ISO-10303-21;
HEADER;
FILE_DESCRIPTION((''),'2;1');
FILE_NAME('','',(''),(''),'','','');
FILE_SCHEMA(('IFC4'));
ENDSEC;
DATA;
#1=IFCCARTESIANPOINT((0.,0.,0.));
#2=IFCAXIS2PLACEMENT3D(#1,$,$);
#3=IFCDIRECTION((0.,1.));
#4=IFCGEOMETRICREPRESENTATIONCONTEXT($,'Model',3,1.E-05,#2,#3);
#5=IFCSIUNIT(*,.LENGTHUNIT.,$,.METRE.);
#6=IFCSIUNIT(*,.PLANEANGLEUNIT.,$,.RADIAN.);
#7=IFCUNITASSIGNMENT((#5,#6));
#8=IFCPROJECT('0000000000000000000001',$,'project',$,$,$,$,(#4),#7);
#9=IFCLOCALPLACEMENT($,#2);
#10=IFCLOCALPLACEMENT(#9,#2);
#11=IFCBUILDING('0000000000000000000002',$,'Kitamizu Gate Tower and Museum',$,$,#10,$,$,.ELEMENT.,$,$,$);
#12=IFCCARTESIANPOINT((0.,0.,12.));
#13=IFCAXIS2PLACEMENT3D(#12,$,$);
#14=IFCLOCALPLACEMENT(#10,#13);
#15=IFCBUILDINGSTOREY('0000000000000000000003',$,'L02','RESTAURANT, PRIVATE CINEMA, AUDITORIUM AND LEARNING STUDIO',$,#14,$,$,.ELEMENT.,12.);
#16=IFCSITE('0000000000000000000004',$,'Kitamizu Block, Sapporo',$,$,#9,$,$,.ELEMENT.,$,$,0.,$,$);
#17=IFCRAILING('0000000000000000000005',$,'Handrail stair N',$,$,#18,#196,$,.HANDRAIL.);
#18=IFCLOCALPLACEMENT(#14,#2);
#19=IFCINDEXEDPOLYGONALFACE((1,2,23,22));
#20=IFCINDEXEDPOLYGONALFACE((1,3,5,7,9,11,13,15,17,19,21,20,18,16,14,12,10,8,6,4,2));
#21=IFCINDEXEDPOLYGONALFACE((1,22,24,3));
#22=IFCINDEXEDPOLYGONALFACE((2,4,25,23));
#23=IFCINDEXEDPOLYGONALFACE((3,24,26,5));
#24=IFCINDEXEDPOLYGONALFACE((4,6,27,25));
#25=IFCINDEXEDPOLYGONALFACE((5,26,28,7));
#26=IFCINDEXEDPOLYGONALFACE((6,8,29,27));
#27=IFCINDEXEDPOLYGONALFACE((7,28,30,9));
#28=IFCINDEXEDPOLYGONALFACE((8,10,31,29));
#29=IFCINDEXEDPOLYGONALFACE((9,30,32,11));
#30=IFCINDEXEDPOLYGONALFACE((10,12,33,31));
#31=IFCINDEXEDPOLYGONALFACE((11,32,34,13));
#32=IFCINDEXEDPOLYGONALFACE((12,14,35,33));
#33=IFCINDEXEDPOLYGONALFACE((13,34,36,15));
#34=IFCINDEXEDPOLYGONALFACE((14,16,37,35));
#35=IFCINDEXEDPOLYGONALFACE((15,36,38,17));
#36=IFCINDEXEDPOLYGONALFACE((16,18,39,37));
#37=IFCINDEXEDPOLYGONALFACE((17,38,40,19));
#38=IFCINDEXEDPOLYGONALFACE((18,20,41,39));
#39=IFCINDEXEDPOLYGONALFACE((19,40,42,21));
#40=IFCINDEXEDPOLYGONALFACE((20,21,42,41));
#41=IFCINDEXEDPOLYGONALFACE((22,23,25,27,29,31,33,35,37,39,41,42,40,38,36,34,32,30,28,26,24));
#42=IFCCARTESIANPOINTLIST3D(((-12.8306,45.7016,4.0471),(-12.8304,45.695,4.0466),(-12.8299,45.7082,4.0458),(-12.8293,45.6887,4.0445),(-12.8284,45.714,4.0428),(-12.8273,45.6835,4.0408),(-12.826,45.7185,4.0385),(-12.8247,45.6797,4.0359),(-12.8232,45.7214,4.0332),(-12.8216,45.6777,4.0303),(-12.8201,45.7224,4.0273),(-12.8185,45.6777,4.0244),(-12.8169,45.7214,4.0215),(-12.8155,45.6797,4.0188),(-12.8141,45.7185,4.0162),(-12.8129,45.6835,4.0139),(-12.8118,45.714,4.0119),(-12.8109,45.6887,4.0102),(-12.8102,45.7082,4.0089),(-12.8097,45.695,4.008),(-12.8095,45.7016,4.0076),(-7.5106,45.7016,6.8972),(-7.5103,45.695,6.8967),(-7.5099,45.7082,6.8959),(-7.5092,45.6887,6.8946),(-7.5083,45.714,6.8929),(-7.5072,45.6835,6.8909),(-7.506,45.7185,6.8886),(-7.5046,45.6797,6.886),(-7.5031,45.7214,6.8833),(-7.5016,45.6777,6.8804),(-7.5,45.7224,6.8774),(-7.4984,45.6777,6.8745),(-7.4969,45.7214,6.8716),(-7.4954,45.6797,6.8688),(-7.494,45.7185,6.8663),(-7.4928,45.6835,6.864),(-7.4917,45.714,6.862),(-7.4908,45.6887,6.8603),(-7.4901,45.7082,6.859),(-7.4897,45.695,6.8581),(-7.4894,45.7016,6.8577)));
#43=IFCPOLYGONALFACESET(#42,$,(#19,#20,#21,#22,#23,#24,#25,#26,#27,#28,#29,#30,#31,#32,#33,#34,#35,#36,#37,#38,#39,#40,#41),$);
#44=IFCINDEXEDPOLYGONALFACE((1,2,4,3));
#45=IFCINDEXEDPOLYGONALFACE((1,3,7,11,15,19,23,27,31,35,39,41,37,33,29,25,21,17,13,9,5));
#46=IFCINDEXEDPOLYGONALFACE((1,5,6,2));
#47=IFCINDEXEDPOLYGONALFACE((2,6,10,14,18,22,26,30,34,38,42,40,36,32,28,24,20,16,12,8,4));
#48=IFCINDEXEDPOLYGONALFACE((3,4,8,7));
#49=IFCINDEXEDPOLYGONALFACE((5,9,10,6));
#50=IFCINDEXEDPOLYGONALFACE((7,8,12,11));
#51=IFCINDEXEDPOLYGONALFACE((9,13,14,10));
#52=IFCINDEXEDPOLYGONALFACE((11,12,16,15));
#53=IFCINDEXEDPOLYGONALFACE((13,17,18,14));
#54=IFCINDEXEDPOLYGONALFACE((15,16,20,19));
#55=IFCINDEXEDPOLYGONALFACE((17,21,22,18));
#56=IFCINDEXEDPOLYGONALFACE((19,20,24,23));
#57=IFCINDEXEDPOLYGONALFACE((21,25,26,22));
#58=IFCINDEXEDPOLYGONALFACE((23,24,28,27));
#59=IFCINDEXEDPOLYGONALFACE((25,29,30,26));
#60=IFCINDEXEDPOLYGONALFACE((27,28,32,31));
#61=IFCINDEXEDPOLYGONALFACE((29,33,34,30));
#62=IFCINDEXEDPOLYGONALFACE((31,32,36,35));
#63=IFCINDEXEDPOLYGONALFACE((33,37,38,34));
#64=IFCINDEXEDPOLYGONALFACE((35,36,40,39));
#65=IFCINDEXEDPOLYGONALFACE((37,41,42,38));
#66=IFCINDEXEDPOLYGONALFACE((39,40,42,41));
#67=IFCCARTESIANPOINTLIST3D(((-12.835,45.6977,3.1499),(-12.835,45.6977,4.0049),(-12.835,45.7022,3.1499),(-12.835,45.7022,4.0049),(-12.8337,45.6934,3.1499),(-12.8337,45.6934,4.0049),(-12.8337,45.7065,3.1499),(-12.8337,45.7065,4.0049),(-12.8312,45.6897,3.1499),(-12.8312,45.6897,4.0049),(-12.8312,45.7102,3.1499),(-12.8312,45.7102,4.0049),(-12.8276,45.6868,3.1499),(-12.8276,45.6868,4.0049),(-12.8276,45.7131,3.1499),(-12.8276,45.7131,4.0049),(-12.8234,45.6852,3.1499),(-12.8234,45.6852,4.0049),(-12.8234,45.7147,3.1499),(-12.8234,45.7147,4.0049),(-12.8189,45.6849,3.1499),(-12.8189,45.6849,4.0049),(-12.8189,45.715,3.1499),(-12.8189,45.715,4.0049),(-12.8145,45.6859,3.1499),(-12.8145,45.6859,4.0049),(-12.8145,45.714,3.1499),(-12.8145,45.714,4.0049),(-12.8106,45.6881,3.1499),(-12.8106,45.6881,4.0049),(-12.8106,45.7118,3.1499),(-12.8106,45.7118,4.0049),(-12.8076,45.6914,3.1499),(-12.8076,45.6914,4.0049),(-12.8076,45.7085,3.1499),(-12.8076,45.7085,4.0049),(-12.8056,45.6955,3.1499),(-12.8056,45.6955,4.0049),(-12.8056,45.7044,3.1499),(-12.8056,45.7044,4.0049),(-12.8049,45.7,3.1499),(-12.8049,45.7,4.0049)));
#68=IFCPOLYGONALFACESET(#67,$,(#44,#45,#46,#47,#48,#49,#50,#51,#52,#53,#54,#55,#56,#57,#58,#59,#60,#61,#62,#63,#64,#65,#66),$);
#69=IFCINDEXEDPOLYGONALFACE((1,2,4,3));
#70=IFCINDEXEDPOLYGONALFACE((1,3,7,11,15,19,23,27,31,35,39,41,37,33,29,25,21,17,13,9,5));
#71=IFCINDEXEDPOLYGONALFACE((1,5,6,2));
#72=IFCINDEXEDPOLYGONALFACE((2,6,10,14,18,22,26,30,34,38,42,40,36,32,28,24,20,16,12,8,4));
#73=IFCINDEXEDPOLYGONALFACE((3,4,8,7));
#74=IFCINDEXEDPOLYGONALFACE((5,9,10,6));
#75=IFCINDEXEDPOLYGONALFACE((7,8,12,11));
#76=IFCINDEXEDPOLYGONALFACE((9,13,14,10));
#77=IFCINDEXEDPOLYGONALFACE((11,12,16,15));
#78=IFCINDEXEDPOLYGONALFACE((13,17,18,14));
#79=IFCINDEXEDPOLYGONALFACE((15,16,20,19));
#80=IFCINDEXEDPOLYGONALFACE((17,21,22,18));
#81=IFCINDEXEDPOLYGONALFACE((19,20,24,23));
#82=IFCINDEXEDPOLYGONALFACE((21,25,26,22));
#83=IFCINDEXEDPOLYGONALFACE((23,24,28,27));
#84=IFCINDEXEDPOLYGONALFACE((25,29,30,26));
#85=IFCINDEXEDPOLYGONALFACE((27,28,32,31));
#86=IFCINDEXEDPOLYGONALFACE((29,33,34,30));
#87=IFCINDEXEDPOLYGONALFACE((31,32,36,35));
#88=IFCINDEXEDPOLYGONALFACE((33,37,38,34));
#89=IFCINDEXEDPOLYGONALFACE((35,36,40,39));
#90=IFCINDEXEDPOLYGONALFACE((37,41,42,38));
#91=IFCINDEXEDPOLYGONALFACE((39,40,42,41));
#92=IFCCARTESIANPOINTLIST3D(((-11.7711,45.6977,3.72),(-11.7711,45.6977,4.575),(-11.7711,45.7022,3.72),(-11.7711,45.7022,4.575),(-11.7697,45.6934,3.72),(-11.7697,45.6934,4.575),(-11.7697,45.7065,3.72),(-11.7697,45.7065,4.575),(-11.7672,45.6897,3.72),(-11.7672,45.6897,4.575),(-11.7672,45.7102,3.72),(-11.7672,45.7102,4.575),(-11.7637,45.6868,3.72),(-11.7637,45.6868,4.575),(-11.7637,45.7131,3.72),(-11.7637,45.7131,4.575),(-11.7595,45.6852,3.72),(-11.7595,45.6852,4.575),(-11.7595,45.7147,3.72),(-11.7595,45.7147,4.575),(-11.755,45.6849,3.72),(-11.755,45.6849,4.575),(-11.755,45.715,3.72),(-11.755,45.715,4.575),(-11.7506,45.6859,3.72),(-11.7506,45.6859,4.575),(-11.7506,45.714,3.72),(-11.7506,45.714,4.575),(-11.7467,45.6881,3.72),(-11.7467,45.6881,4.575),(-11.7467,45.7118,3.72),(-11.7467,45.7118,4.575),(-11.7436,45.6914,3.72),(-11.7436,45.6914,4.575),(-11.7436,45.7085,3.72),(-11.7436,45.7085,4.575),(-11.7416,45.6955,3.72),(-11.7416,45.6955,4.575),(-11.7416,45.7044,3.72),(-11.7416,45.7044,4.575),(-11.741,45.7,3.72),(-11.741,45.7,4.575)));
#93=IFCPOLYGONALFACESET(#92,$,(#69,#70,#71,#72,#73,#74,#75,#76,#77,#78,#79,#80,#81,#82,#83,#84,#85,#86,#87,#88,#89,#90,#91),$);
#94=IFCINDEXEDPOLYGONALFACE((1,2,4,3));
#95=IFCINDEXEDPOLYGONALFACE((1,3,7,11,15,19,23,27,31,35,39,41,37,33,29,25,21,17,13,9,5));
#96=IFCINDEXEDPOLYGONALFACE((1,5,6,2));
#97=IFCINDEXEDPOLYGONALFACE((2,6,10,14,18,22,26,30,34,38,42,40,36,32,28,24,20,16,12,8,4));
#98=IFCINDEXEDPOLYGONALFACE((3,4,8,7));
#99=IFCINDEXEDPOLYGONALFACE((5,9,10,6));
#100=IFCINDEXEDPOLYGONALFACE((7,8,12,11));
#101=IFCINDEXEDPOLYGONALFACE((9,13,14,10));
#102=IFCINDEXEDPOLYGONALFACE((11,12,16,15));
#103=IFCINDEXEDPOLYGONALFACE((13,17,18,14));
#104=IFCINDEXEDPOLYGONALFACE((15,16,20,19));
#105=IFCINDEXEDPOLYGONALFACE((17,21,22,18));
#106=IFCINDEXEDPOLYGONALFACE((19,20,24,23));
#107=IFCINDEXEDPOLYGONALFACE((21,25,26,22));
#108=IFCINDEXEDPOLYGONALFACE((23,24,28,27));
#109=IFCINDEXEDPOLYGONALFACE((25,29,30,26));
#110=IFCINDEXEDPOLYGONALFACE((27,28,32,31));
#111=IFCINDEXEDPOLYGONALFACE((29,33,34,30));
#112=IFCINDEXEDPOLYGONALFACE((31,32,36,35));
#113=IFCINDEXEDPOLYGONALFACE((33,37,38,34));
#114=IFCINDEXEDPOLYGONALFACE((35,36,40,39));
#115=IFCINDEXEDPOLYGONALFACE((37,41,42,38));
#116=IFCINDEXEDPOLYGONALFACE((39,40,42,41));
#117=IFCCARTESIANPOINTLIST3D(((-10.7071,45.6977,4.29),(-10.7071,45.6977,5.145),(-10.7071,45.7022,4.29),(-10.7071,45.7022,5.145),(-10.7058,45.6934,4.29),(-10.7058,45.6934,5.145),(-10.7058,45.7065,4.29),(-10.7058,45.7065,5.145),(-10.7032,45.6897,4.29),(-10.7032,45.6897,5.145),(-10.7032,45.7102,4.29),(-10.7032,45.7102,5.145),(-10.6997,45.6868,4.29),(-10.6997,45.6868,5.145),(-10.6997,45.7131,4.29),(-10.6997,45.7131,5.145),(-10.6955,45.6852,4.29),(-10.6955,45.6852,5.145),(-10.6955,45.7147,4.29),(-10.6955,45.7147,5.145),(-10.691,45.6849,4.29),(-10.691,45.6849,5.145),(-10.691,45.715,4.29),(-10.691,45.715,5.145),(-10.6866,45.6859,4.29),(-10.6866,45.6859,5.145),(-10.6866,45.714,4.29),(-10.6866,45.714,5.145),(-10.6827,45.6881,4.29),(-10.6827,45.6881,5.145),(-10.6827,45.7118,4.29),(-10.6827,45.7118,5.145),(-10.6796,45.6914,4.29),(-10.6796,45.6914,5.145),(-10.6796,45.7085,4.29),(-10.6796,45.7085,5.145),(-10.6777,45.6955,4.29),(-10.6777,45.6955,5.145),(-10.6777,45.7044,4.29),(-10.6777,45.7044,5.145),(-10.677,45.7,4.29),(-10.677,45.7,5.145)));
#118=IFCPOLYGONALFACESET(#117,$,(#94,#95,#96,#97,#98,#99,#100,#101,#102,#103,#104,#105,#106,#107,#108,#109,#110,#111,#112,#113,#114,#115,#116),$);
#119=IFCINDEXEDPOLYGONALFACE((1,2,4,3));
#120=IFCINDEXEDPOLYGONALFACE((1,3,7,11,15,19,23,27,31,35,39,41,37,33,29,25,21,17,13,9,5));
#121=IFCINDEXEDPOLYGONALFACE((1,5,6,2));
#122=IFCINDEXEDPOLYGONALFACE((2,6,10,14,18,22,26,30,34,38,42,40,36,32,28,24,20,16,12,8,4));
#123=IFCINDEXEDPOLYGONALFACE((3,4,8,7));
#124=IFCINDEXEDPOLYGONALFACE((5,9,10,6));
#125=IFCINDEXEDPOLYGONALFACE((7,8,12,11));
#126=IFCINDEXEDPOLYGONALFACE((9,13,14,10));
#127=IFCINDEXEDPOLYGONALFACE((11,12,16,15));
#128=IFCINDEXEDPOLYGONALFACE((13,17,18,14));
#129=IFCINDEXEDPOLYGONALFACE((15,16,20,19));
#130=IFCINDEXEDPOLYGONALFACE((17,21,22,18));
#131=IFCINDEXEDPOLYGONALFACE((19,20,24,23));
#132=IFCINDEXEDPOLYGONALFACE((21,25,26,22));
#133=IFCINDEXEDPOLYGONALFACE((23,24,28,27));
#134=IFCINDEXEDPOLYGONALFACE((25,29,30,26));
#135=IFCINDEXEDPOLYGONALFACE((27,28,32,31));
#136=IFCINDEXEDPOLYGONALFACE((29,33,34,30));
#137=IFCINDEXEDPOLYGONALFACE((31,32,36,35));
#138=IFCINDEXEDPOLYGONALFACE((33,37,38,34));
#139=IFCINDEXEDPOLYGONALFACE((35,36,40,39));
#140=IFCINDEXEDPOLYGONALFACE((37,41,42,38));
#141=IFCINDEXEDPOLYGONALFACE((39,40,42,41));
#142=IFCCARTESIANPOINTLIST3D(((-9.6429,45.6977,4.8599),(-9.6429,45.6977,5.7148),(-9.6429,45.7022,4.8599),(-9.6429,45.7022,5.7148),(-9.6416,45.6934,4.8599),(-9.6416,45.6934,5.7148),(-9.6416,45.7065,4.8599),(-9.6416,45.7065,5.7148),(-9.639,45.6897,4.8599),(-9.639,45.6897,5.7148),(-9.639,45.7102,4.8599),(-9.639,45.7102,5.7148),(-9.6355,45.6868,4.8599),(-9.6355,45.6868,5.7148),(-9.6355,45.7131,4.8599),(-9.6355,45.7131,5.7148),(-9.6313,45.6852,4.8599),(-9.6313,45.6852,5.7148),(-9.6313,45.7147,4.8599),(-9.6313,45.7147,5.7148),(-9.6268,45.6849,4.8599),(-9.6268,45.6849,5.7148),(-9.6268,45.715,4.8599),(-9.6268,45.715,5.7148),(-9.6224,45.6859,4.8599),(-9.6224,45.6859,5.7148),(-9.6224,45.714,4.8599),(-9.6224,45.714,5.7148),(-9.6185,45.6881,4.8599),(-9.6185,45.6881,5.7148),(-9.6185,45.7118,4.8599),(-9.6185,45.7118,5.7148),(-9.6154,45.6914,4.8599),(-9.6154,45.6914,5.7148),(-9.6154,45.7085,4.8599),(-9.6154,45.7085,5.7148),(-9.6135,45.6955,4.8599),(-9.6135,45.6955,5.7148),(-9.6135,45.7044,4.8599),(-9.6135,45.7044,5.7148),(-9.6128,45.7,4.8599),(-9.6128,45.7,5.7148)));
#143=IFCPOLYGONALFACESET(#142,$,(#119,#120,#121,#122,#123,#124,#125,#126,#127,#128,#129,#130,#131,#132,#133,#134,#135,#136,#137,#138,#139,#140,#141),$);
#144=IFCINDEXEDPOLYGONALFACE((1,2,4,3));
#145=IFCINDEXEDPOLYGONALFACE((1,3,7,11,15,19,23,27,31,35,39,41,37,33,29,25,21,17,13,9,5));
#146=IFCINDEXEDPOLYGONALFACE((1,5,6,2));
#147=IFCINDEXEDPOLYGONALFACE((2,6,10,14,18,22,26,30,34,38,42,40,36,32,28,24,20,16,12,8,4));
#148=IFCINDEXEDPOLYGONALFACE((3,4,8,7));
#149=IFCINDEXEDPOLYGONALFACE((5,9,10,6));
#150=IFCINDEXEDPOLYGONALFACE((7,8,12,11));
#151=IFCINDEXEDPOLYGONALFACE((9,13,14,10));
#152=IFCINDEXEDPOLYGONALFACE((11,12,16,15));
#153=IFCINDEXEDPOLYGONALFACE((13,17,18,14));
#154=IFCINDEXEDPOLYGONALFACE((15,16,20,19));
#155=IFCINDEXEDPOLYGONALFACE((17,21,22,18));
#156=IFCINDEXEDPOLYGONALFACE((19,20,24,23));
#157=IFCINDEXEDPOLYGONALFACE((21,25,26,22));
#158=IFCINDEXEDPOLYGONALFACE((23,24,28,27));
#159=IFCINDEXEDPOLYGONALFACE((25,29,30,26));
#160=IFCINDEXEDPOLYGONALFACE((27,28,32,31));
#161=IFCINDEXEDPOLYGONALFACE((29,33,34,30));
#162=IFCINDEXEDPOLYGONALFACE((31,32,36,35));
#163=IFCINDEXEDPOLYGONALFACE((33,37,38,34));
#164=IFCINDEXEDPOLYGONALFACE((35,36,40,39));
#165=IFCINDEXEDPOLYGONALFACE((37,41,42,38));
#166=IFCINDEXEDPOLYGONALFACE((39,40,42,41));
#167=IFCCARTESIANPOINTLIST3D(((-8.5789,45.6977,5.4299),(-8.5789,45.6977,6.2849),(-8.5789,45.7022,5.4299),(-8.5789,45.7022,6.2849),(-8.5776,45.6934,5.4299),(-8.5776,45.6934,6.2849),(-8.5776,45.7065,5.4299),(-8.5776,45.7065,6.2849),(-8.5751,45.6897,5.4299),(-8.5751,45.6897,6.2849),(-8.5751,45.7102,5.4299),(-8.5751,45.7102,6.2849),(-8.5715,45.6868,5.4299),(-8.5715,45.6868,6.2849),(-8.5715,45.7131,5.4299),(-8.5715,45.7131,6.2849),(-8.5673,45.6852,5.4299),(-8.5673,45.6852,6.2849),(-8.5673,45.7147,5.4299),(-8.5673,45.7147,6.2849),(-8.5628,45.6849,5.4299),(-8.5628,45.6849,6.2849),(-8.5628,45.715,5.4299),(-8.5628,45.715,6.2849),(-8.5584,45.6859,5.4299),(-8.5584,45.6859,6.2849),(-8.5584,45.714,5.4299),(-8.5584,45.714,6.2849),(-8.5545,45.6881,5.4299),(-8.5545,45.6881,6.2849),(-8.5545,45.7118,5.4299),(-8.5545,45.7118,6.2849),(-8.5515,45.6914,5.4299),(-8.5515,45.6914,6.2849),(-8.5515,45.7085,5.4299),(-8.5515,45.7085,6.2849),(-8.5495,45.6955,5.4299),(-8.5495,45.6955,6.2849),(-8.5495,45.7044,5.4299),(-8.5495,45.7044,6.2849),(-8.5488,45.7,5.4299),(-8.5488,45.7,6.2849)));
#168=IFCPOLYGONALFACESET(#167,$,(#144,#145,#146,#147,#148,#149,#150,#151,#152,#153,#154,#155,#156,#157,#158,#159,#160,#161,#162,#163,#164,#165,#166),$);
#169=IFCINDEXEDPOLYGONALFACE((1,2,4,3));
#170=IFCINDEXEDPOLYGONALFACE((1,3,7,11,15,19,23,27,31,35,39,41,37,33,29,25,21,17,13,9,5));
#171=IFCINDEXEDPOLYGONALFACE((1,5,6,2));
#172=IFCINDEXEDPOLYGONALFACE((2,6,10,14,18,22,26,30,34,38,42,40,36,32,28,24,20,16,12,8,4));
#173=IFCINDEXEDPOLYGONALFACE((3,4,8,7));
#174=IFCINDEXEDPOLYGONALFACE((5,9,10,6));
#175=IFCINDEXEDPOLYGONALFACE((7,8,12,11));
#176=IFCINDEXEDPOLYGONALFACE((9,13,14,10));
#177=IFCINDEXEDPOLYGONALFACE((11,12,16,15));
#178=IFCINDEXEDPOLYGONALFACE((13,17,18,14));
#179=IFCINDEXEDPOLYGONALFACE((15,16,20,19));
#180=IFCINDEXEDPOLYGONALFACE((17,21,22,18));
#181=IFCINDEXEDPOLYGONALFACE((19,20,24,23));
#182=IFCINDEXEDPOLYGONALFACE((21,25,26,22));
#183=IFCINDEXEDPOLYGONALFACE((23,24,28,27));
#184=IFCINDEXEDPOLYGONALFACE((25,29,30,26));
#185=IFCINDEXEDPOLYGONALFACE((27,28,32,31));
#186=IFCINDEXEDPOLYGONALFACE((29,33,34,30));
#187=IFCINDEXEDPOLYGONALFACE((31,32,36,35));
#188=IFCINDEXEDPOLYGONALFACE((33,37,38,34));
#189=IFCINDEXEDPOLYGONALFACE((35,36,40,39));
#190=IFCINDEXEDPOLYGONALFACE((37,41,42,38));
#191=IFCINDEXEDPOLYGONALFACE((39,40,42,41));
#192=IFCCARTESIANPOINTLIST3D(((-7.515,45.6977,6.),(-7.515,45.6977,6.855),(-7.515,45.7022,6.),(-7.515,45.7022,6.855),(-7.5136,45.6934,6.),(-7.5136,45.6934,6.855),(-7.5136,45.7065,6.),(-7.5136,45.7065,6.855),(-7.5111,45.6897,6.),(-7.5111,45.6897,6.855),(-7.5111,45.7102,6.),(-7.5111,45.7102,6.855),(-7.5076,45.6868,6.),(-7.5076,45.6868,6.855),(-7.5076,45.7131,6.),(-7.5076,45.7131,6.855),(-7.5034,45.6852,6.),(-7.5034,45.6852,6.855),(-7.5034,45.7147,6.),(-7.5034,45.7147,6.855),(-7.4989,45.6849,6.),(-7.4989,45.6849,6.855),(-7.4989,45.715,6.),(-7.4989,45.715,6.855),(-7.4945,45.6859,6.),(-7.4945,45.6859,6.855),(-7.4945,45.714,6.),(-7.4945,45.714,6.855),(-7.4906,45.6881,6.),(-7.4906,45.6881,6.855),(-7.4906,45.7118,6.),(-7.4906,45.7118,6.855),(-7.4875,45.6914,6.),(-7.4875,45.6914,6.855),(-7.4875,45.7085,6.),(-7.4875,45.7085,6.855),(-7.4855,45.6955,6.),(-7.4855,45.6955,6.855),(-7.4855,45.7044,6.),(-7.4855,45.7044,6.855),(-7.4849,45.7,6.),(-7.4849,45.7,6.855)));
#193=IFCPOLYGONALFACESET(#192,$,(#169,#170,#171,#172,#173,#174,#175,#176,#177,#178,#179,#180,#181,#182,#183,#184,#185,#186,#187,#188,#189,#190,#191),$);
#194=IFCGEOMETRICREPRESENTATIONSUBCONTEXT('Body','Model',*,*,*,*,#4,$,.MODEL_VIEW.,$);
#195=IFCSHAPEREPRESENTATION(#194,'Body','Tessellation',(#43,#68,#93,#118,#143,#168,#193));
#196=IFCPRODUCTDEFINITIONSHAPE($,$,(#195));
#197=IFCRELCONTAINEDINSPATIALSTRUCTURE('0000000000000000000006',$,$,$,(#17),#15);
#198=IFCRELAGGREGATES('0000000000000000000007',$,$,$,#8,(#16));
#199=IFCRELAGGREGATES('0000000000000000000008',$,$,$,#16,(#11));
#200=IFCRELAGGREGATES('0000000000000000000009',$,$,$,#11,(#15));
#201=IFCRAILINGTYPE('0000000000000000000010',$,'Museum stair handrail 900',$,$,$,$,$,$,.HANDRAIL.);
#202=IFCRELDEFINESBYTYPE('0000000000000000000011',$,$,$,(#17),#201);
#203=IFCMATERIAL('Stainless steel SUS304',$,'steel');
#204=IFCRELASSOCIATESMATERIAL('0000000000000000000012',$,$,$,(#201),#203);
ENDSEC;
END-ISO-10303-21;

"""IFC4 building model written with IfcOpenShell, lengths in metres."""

from ifc_helpers import new_model, si_unit, direction, frame, origin, origin_2d, place, context, subcontext, project, spatial, circle, extrude, material, type_object, element, save


model = new_model("IFC4")

# Units and contexts
model_context = context("Model", 3, precision=1e-05, world=origin(), true_north=direction((0.0, 1.0)))
body_context = subcontext(model_context, "Body", "Model", "MODEL_VIEW")
ifc_project = project(units=[si_unit("LENGTHUNIT", "METRE"), si_unit("PLANEANGLEUNIT", "RADIAN")], contexts=[model_context])

# Site, building, storey
site_placement = place(None, origin())
site = spatial("IfcSite", under=ifc_project, at=site_placement, Name="Kitamizu Block, Sapporo", CompositionType="ELEMENT", RefElevation=0.0)
building_placement = place(site_placement, origin())
building = spatial("IfcBuilding", under=site, at=building_placement, Name="Kitamizu Gate Tower and Museum", CompositionType="ELEMENT")
storey_placement = place(building_placement, frame((0.0, 0.0, 12.0)))
storey = spatial("IfcBuildingStorey", under=building, at=storey_placement, Name="L02", Description="RESTAURANT, PRIVATE CINEMA, AUDITORIUM AND LEARNING STUDIO", CompositionType="ELEMENT", Elevation=12.0)

# Railing
ifc_material_1 = material(Name="Stainless steel SUS304", Category="steel")
railing_type = type_object("IfcRailingType", Name="Museum stair handrail 900", PredefinedType="HANDRAIL", material=ifc_material_1)
for number, where, name in (
    (1, (-12.8201, 45.7, 3.1499), "Handrail stair N"),
):
    element("IfcRailing", number, at=place(storey_placement, frame(where)), inside=storey, type_object=railing_type, Name=name, PredefinedType="HANDRAIL", context=body_context, shape_type="SweptSolid", body=[
        extrude(circle(Radius=0.0225, at=origin_2d()), frame((0.0, 0.0, 0.8774), z_axis=(0.881476, 0.0, 0.472229), x_axis=(0.0, 1.0, 0.0)), (0.0, 0.0, 1.0), 6.0354),
        extrude(circle(Radius=0.0151, at=origin_2d()), origin(), (0.0, 0.0, 1.0), 0.855),
        extrude(circle(Radius=0.0151, at=origin_2d()), frame((1.064, 0.0, 0.5701)), (0.0, 0.0, 1.0), 0.855),
        extrude(circle(Radius=0.0151, at=origin_2d()), frame((2.1279, 0.0, 1.1401)), (0.0, 0.0, 1.0), 0.855),
        extrude(circle(Radius=0.0151, at=origin_2d()), frame((3.1921, 0.0, 1.71)), (0.0, 0.0, 1.0), 0.855),
        extrude(circle(Radius=0.0151, at=origin_2d()), frame((4.2561, 0.0, 2.28)), (0.0, 0.0, 1.0), 0.855),
        extrude(circle(Radius=0.0151, at=origin_2d()), frame((5.3201, 0.0, 2.8501)), (0.0, 0.0, 1.0), 0.855),
    ])

save(model, "model.ifc")
